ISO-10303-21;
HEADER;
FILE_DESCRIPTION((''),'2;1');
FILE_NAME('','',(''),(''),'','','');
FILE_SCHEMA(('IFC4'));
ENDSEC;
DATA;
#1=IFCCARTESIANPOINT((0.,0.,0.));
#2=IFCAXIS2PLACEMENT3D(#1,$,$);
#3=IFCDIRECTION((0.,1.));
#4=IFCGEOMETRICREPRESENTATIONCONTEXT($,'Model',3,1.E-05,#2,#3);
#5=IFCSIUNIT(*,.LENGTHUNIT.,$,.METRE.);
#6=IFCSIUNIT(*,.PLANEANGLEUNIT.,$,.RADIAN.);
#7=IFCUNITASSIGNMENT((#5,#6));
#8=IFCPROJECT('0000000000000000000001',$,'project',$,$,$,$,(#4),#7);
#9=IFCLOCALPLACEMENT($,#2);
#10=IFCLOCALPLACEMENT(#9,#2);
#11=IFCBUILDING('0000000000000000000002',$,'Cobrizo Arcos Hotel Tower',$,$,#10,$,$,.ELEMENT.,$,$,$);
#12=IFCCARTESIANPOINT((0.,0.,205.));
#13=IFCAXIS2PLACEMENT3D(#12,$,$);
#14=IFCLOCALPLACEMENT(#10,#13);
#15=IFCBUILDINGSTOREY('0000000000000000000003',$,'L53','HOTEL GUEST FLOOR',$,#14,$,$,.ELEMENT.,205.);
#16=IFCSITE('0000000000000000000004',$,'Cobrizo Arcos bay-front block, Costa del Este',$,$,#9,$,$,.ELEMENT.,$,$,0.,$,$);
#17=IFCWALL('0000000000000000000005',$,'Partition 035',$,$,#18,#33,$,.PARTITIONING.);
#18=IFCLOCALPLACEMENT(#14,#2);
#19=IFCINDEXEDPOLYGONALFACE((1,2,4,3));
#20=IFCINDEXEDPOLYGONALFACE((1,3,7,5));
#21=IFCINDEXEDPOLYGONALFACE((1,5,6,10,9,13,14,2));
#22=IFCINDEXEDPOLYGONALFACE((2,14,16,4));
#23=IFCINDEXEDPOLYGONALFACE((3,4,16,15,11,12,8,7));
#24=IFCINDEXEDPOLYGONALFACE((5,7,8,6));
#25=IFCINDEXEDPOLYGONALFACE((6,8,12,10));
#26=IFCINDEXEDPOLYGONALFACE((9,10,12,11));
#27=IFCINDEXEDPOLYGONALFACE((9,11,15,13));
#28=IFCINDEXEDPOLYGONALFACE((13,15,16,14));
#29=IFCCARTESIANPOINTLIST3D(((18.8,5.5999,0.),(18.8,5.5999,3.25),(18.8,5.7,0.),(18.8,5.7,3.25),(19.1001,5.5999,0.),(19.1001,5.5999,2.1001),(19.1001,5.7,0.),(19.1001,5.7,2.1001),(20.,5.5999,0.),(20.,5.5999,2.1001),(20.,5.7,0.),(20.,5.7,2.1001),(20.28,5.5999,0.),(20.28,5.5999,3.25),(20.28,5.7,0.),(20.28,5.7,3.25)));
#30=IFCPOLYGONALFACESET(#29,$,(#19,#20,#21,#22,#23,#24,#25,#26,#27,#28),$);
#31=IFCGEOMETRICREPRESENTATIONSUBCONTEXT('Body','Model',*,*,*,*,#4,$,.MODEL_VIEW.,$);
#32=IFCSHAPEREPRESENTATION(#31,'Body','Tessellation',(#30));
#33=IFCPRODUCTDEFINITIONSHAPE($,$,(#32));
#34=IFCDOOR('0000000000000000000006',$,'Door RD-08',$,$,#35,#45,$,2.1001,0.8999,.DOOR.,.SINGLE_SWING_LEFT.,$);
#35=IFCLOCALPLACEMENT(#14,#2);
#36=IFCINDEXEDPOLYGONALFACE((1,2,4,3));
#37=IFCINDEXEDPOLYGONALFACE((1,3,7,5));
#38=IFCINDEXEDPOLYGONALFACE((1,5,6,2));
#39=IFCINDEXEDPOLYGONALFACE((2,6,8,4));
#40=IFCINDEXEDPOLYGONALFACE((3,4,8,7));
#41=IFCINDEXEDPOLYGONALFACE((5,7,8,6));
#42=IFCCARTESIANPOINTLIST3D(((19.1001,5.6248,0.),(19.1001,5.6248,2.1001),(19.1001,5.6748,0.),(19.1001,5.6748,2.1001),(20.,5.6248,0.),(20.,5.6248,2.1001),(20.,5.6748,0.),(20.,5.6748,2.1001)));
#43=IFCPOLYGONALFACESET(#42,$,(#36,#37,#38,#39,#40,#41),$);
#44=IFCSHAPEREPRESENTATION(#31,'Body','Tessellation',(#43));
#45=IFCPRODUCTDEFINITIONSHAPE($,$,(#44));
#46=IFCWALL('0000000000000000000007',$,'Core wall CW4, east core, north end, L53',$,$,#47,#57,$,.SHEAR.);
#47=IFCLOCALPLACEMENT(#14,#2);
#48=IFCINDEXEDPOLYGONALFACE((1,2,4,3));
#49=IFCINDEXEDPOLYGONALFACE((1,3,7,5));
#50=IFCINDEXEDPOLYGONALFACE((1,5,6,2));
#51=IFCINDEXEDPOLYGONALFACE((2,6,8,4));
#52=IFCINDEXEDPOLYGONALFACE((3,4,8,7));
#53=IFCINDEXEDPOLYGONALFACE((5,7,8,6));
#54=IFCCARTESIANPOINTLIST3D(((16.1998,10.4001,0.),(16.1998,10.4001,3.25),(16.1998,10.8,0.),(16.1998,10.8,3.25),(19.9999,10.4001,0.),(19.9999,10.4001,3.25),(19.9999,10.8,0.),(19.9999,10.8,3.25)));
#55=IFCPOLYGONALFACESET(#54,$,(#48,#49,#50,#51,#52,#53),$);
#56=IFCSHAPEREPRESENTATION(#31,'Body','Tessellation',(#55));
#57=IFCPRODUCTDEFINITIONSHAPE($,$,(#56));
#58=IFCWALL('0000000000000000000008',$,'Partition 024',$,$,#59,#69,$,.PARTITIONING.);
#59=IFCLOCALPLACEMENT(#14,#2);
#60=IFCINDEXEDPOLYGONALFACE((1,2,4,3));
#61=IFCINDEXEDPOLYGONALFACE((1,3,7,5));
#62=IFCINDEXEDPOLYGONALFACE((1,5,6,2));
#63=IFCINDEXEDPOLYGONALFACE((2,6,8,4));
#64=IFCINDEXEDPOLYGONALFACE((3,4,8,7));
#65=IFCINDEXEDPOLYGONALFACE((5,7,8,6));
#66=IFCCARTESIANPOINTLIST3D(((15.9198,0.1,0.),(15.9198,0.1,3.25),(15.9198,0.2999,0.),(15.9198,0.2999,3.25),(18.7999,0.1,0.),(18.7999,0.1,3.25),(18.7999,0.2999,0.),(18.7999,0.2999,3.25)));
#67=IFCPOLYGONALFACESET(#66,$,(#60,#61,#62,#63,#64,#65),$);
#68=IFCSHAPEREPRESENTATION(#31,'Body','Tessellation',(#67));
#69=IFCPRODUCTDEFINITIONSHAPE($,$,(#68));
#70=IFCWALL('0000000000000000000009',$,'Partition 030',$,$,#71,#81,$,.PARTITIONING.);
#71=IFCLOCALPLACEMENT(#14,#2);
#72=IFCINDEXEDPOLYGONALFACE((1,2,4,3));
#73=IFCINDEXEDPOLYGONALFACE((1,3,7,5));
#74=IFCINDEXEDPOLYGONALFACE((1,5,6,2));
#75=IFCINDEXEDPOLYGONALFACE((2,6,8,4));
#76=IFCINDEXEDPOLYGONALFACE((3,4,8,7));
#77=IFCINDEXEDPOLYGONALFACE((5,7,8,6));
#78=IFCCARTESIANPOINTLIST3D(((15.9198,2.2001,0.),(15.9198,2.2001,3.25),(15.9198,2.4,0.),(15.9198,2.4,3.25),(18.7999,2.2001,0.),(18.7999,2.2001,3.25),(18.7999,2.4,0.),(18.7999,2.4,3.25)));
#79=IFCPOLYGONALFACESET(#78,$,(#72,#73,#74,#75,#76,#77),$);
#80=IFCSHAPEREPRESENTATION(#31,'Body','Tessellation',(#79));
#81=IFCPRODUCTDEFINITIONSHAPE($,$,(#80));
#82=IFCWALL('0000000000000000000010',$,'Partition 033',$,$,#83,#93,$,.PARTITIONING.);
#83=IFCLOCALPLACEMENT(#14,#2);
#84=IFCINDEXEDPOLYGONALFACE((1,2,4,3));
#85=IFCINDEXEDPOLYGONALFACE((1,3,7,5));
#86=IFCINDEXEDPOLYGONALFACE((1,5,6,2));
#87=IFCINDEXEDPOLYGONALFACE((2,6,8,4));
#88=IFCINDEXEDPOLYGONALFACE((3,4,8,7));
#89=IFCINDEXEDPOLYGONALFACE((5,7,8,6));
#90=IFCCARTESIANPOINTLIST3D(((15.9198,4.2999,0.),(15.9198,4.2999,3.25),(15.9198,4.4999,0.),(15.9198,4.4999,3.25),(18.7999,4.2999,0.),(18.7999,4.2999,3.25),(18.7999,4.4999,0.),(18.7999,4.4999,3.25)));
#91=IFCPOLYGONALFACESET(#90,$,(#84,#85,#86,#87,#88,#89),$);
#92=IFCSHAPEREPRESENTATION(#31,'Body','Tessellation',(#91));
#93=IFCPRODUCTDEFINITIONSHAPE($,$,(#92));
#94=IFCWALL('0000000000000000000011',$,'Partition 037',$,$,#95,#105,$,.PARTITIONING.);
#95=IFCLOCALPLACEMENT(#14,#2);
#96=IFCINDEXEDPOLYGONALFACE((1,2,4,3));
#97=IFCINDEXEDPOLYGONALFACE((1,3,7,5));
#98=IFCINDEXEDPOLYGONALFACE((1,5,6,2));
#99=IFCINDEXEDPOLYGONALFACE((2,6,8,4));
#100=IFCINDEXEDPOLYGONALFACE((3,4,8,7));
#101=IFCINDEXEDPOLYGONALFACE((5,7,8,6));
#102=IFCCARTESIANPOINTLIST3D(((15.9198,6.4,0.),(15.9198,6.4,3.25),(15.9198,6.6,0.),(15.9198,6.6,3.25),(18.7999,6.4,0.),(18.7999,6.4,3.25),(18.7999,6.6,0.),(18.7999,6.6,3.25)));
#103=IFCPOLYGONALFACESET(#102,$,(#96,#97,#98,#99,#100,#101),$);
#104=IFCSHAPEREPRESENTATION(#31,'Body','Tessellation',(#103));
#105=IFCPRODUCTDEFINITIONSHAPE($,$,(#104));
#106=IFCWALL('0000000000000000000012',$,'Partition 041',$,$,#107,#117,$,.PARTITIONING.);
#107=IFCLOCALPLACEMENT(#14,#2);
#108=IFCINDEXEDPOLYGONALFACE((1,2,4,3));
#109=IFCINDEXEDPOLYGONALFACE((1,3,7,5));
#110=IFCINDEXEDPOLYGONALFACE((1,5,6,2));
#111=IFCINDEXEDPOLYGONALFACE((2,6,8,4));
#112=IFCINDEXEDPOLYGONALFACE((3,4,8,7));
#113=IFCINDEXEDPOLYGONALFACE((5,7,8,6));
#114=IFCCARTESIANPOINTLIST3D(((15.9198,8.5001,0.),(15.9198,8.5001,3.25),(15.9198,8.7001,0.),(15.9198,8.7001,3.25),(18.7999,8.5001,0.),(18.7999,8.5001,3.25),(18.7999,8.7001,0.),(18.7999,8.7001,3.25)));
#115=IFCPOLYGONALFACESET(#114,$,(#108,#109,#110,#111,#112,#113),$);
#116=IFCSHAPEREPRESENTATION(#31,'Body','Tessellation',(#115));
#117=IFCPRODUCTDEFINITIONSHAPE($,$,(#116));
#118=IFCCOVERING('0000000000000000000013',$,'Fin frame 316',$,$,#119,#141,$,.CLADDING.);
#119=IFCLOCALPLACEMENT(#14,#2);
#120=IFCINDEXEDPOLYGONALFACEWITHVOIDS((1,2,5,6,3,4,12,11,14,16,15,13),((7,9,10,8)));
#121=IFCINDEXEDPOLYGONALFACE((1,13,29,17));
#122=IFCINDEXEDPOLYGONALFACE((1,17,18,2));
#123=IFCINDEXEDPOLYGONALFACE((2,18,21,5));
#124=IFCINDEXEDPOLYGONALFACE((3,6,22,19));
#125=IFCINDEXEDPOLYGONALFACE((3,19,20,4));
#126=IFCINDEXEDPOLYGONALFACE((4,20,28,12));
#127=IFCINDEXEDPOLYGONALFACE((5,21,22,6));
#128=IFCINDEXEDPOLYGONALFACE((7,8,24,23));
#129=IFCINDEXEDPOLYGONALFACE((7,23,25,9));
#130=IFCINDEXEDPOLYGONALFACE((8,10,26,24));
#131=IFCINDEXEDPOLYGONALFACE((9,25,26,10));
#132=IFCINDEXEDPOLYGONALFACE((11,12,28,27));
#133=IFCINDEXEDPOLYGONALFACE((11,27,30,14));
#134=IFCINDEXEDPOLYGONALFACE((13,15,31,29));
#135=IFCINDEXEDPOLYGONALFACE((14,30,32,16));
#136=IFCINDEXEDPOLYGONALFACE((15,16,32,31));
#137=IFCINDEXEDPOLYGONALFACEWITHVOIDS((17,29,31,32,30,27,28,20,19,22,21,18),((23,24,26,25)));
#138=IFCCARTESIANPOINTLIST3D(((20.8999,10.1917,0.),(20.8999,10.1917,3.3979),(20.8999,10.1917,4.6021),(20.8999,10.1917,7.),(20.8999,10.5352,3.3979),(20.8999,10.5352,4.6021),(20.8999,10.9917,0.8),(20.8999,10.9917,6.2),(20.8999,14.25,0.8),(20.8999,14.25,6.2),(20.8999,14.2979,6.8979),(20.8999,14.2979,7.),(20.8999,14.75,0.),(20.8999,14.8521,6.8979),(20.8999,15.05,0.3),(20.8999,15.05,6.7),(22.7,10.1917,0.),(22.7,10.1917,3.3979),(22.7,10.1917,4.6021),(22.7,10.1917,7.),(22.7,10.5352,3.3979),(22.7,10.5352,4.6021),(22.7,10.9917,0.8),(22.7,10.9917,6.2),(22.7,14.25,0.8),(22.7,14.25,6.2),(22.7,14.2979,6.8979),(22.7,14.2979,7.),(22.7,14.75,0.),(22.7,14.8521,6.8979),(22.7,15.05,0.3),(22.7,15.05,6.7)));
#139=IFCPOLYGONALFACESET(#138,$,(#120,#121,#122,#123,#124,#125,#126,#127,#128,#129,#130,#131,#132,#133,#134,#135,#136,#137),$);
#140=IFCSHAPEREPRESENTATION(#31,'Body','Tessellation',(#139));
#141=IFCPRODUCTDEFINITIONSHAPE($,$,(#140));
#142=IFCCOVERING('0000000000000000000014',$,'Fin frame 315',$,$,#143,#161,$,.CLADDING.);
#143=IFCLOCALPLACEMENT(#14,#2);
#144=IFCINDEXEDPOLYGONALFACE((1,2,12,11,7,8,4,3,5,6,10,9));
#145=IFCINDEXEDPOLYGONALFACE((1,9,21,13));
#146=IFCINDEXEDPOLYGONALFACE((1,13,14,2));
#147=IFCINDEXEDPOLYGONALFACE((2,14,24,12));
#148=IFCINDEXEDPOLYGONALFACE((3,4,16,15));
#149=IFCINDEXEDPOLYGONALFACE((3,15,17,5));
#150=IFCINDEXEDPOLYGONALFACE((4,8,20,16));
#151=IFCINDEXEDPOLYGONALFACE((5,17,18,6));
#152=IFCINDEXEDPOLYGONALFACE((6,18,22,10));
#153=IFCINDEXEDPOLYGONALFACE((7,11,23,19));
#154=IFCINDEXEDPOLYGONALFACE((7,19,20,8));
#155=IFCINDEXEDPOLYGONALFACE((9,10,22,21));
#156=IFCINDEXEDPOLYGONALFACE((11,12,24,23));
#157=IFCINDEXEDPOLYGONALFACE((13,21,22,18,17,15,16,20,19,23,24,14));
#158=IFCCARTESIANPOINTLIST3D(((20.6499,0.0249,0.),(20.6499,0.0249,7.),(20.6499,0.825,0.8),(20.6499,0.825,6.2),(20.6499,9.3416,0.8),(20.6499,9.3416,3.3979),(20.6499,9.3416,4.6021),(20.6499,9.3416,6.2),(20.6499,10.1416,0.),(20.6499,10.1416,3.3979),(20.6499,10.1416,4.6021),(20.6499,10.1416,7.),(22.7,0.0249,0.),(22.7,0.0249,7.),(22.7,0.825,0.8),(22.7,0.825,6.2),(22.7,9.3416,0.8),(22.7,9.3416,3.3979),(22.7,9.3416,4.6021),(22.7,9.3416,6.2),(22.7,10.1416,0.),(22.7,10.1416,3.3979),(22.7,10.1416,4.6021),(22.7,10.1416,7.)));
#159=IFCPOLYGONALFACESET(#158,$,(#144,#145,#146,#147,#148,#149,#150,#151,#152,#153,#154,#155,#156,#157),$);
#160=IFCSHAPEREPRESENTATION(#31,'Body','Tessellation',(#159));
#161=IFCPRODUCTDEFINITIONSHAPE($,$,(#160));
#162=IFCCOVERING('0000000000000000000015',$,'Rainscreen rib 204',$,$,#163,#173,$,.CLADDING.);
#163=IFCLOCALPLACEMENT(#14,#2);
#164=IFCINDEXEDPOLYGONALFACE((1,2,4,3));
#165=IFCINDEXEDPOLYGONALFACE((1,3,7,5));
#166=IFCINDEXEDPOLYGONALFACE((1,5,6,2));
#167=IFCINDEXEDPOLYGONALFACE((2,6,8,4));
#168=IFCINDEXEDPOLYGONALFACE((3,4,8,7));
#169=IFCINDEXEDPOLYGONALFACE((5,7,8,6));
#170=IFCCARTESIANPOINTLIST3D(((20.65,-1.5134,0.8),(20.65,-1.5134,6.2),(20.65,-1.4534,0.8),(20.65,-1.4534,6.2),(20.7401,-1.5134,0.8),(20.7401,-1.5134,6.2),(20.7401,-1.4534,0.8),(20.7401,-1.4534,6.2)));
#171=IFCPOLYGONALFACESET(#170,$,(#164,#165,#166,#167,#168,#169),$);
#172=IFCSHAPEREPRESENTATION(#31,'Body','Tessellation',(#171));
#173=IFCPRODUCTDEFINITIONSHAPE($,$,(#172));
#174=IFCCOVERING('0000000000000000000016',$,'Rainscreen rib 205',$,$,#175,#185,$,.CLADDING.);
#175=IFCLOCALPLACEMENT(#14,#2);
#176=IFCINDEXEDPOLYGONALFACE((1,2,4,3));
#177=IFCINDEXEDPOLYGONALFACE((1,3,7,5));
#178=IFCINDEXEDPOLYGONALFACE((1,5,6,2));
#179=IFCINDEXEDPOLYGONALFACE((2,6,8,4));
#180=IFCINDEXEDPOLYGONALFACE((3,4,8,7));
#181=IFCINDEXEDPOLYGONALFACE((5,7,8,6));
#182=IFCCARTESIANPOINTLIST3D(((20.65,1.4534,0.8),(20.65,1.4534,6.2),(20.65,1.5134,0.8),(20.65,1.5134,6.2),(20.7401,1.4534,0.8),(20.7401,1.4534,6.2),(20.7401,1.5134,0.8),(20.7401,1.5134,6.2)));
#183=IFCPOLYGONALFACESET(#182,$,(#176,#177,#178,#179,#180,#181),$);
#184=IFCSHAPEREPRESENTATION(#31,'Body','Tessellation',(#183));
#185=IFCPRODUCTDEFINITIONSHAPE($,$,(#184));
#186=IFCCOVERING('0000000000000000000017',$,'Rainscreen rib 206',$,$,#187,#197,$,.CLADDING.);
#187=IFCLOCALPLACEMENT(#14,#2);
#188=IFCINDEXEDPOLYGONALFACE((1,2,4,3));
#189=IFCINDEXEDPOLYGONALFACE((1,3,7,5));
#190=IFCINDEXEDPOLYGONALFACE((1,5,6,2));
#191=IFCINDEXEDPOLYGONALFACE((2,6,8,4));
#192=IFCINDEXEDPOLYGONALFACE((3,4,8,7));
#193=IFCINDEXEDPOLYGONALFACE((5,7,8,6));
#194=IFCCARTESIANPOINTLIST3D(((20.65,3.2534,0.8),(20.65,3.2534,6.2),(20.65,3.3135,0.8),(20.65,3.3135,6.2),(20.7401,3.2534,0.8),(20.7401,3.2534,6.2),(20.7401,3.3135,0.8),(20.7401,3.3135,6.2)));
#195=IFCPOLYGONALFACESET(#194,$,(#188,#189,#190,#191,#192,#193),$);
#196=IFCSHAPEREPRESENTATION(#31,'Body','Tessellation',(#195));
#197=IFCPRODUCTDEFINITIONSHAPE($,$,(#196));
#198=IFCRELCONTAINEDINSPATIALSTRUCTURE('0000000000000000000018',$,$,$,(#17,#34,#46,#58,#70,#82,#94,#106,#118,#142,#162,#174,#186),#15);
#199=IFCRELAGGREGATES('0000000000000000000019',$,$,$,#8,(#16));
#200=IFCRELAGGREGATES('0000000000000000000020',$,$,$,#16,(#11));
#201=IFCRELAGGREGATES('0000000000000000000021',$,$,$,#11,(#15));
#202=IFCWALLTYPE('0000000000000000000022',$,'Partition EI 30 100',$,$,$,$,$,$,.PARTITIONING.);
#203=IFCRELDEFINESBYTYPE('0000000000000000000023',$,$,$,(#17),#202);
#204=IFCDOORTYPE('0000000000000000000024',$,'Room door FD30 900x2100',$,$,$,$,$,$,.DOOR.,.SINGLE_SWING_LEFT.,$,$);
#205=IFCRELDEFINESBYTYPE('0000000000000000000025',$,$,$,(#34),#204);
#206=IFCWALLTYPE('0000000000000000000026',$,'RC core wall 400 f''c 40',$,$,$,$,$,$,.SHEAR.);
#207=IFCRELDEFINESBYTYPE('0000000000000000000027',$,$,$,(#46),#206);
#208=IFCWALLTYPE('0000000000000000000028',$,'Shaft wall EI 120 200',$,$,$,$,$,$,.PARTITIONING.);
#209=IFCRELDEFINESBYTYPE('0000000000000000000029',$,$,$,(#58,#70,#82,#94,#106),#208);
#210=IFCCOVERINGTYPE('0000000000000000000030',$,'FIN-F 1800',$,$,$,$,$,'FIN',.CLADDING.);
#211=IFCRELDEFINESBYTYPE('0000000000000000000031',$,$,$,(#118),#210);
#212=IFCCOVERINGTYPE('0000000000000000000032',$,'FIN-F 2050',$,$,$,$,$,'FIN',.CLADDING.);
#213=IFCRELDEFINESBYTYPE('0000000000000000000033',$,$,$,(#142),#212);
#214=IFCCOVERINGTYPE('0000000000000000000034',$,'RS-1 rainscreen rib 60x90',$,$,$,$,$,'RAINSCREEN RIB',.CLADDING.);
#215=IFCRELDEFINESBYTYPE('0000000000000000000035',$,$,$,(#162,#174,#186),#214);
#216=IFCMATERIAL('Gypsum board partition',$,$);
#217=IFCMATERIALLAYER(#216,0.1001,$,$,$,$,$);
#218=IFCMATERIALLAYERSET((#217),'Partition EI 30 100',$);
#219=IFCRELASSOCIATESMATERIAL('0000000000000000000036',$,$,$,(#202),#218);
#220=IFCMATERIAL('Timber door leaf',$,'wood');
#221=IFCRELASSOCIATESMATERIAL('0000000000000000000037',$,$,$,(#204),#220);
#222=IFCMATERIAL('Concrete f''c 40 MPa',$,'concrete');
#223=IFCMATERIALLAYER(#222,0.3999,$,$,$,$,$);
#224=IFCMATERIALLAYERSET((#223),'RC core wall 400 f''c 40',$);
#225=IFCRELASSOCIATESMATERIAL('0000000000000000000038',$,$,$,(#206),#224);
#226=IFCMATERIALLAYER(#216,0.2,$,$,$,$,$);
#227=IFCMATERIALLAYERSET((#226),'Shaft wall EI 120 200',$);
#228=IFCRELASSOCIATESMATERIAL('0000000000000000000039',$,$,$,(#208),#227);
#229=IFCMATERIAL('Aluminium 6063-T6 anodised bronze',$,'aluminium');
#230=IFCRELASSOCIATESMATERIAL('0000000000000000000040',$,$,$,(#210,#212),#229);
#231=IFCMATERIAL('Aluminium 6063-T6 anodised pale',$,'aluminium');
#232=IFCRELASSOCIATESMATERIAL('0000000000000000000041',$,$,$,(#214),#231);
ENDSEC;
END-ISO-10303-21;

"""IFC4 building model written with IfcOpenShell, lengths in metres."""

from ifc_helpers import new_model, si_unit, direction, frame, frame_2d, origin, origin_2d, place, context, subcontext, project, spatial, polyline, rectangle, outline, extrude, material, layer, layer_set, type_object, element, fill, save


model = new_model("IFC4")

# Units and contexts
model_context = context("Model", 3, precision=1e-05, world=origin(), true_north=direction((0.0, 1.0)))
body_context = subcontext(model_context, "Body", "Model", "MODEL_VIEW")
ifc_project = project(units=[si_unit("LENGTHUNIT", "METRE"), si_unit("PLANEANGLEUNIT", "RADIAN")], contexts=[model_context])

# Site, building, storey
site_placement = place(None, origin())
site = spatial("IfcSite", under=ifc_project, at=site_placement, Name="Cobrizo Arcos bay-front block, Costa del Este", CompositionType="ELEMENT", RefElevation=0.0)
building_placement = place(site_placement, origin())
building = spatial("IfcBuilding", under=site, at=building_placement, Name="Cobrizo Arcos Hotel Tower", CompositionType="ELEMENT")
storey_placement = place(building_placement, frame((0.0, 0.0, 205.0)))
storey = spatial("IfcBuildingStorey", under=building, at=storey_placement, Name="L53", Description="HOTEL GUEST FLOOR", CompositionType="ELEMENT", Elevation=205.0)

# Shared definitions
ifc_material_1 = material(Name="Aluminium 6063-T6 anodised bronze", Category="aluminium")

# Wall, opening, door
ifc_material_2 = material(Name="Gypsum board partition")
ifc_layer_1 = layer(ifc_material_2, 0.1001)
ifc_layer_set_1 = layer_set([ifc_layer_1], Name="Partition EI 30 100")
wall_type_1 = type_object("IfcWallType", Name="Partition EI 30 100", PredefinedType="PARTITIONING", material=ifc_layer_set_1)
ifc_material_3 = material(Name="Timber door leaf", Category="wood")
door_type = type_object("IfcDoorType", Name="Room door FD30 900x2100", OperationType="SINGLE_SWING_LEFT", PredefinedType="DOOR", material=ifc_material_3)
wall_1_placement = place(storey_placement, frame((18.8, 5.6499, 0.0), z_axis=(0.0, 0.0, 1.0), x_axis=(1.0, 0.0, 0.0)))
wall_1 = element("IfcWall", 1, at=wall_1_placement, inside=storey, type_object=wall_type_1, Name="Partition 035", PredefinedType="PARTITIONING", context=body_context, shape_type="SweptSolid", body=[
    extrude(rectangle(XDim=1.48, YDim=0.1001, at=frame_2d((0.74, 0.0))), origin(), (0.0, 0.0, 1.0), 3.25),
])
opening_1_placement = place(wall_1_placement, frame((0.3, 0.0, 0.0)))
opening_1 = element("IfcOpeningElement", 2, at=opening_1_placement, cuts=wall_1, PredefinedType="OPENING", context=body_context, shape_type="SweptSolid", body=[
    extrude(rectangle(XDim=0.8999, YDim=2.1001, at=frame_2d((0.45, 1.05))), frame((0.0, 0.062, 0.0), z_axis=(0.0, -1.0, 0.0), x_axis=(1.0, 0.0, 0.0)), (0.0, 0.0, 1.0), 0.124),
])
door_1_placement = place(opening_1_placement, origin())
door_1 = element("IfcDoor", 3, at=door_1_placement, inside=storey, type_object=door_type, Name="Door RD-08", OperationType="SINGLE_SWING_LEFT", OverallHeight=2.1001, OverallWidth=0.8999, PredefinedType="DOOR", context=body_context, shape_type="SweptSolid", body=[
    extrude(rectangle(XDim=0.8999, YDim=2.1001, at=frame_2d((0.45, 1.05))), frame((0.0, 0.0249, 0.0), z_axis=(0.0, -1.0, 0.0), x_axis=(1.0, 0.0, 0.0)), (0.0, 0.0, 1.0), 0.05),
])
fill(opening_1, door_1)

# Walls
ifc_material_4 = material(Name="Concrete f'c 40 MPa", Category="concrete")
ifc_layer_2 = layer(ifc_material_4, 0.3999)
ifc_layer_set_2 = layer_set([ifc_layer_2], Name="RC core wall 400 f'c 40")
wall_type_2 = type_object("IfcWallType", Name="RC core wall 400 f'c 40", PredefinedType="SHEAR", material=ifc_layer_set_2)
wall_2_placement = place(storey_placement, frame((16.2, 10.6001, 0.0), z_axis=(0.0, 0.0, 1.0), x_axis=(1.0, 0.0, 0.0)))
element("IfcWall", 4, at=wall_2_placement, inside=storey, type_object=wall_type_2, Name="Core wall CW4, east core, north end, L53", PredefinedType="SHEAR", context=body_context, shape_type="SweptSolid", body=[
    extrude(rectangle(XDim=3.8, YDim=0.3999, at=frame_2d((1.8999, 0.0))), origin(), (0.0, 0.0, 1.0), 3.25),
])
ifc_layer_3 = layer(ifc_material_2, 0.2)
ifc_layer_set_3 = layer_set([ifc_layer_3], Name="Shaft wall EI 120 200")
wall_type_3 = type_object("IfcWallType", Name="Shaft wall EI 120 200", PredefinedType="PARTITIONING", material=ifc_layer_set_3)
for number, where, z_axis, x_axis, name in (
    (5, (15.9199, 0.2, 0.0), (0.0, 0.0, 1.0), (1.0, 0.0, 0.0), "Partition 024"),
    (6, (15.9199, 2.3, 0.0), (0.0, 0.0, 1.0), (1.0, 0.0, 0.0), "Partition 030"),
    (7, (15.9199, 4.3999, 0.0), (0.0, 0.0, 1.0), (1.0, 0.0, 0.0), "Partition 033"),
    (8, (15.9199, 6.5, 0.0), (0.0, 0.0, 1.0), (1.0, 0.0, 0.0), "Partition 037"),
    (9, (15.9199, 8.6001, 0.0), (0.0, 0.0, 1.0), (1.0, 0.0, 0.0), "Partition 041"),
):
    element("IfcWall", number, at=place(storey_placement, frame(where, z_axis=z_axis, x_axis=x_axis)), inside=storey, type_object=wall_type_3, Name=name, PredefinedType="PARTITIONING", context=body_context, shape_type="SweptSolid", body=[
        extrude(rectangle(XDim=2.8801, YDim=0.2, at=frame_2d((1.4399, 0.0))), origin(), (0.0, 0.0, 1.0), 3.25),
    ])

# Coverings
covering_type_1 = type_object("IfcCoveringType", Name="FIN-F 1800", ElementType="FIN", PredefinedType="CLADDING", material=ifc_material_1)
covering_1_placement = place(storey_placement, frame((20.8999, 10.1917, 0.0), z_axis=(1.0, 0.0, 0.0), x_axis=(0.0, 1.0, 0.0)))
element("IfcCovering", 10, at=covering_1_placement, inside=storey, type_object=covering_type_1, Name="Fin frame 316", PredefinedType="CLADDING", context=body_context, shape_type="SweptSolid", body=[
    extrude(outline(polyline([(4.8584, 6.7), (4.6604, 6.8979), (4.1062, 6.8979), (4.1062, 7.0), (0.0, 7.0), (0.0, 4.6021), (0.3435, 4.6021), (0.3435, 3.3979), (0.0, 3.3979), (0.0, 0.0), (4.5583, 0.0), (4.8584, 0.3), (4.8584, 6.7)]), holes=[polyline([(4.0583, 0.8), (0.8, 0.8), (0.8, 6.2), (4.0583, 6.2), (4.0583, 0.8)])]), origin(), (0.0, 0.0, 1.0), 1.8),
])
covering_type_2 = type_object("IfcCoveringType", Name="FIN-F 2050", ElementType="FIN", PredefinedType="CLADDING", material=ifc_material_1)
covering_2_placement = place(storey_placement, frame((20.6499, 0.0249, 0.0), z_axis=(1.0, 0.0, 0.0), x_axis=(0.0, 1.0, 0.0)))
element("IfcCovering", 11, at=covering_2_placement, inside=storey, type_object=covering_type_2, Name="Fin frame 315", PredefinedType="CLADDING", context=body_context, shape_type="SweptSolid", body=[
    extrude(outline(polyline([(10.1167, 0.0), (10.1167, 3.3979), (9.3167, 3.3979), (9.3167, 0.8), (0.8, 0.8), (0.8, 6.2), (9.3167, 6.2), (9.3167, 4.6021), (10.1167, 4.6021), (10.1167, 7.0), (0.0, 7.0), (0.0, 0.0), (10.1167, 0.0)])), origin(), (0.0, 0.0, 1.0), 2.05),
])
ifc_material_5 = material(Name="Aluminium 6063-T6 anodised pale", Category="aluminium")
covering_type_3 = type_object("IfcCoveringType", Name="RS-1 rainscreen rib 60x90", ElementType="RAINSCREEN RIB", PredefinedType="CLADDING", material=ifc_material_5)
for number, where, z_axis, x_axis, name in (
    (12, (20.6951, -1.4834, 0.8), (0.0, 0.0, 1.0), (0.0, 1.0, 0.0), "Rainscreen rib 204"),
    (13, (20.6951, 1.4834, 0.8), (0.0, 0.0, 1.0), (0.0, 1.0, 0.0), "Rainscreen rib 205"),
    (14, (20.6951, 3.2834, 0.8), (0.0, 0.0, 1.0), (0.0, 1.0, 0.0), "Rainscreen rib 206"),
):
    element("IfcCovering", number, at=place(storey_placement, frame(where, z_axis=z_axis, x_axis=x_axis)), inside=storey, type_object=covering_type_3, Name=name, PredefinedType="CLADDING", context=body_context, shape_type="SweptSolid", body=[
        extrude(rectangle(XDim=0.0601, YDim=0.0901, at=origin_2d()), origin(), (0.0, 0.0, 1.0), 5.3999),
    ])

save(model, "model.ifc")
